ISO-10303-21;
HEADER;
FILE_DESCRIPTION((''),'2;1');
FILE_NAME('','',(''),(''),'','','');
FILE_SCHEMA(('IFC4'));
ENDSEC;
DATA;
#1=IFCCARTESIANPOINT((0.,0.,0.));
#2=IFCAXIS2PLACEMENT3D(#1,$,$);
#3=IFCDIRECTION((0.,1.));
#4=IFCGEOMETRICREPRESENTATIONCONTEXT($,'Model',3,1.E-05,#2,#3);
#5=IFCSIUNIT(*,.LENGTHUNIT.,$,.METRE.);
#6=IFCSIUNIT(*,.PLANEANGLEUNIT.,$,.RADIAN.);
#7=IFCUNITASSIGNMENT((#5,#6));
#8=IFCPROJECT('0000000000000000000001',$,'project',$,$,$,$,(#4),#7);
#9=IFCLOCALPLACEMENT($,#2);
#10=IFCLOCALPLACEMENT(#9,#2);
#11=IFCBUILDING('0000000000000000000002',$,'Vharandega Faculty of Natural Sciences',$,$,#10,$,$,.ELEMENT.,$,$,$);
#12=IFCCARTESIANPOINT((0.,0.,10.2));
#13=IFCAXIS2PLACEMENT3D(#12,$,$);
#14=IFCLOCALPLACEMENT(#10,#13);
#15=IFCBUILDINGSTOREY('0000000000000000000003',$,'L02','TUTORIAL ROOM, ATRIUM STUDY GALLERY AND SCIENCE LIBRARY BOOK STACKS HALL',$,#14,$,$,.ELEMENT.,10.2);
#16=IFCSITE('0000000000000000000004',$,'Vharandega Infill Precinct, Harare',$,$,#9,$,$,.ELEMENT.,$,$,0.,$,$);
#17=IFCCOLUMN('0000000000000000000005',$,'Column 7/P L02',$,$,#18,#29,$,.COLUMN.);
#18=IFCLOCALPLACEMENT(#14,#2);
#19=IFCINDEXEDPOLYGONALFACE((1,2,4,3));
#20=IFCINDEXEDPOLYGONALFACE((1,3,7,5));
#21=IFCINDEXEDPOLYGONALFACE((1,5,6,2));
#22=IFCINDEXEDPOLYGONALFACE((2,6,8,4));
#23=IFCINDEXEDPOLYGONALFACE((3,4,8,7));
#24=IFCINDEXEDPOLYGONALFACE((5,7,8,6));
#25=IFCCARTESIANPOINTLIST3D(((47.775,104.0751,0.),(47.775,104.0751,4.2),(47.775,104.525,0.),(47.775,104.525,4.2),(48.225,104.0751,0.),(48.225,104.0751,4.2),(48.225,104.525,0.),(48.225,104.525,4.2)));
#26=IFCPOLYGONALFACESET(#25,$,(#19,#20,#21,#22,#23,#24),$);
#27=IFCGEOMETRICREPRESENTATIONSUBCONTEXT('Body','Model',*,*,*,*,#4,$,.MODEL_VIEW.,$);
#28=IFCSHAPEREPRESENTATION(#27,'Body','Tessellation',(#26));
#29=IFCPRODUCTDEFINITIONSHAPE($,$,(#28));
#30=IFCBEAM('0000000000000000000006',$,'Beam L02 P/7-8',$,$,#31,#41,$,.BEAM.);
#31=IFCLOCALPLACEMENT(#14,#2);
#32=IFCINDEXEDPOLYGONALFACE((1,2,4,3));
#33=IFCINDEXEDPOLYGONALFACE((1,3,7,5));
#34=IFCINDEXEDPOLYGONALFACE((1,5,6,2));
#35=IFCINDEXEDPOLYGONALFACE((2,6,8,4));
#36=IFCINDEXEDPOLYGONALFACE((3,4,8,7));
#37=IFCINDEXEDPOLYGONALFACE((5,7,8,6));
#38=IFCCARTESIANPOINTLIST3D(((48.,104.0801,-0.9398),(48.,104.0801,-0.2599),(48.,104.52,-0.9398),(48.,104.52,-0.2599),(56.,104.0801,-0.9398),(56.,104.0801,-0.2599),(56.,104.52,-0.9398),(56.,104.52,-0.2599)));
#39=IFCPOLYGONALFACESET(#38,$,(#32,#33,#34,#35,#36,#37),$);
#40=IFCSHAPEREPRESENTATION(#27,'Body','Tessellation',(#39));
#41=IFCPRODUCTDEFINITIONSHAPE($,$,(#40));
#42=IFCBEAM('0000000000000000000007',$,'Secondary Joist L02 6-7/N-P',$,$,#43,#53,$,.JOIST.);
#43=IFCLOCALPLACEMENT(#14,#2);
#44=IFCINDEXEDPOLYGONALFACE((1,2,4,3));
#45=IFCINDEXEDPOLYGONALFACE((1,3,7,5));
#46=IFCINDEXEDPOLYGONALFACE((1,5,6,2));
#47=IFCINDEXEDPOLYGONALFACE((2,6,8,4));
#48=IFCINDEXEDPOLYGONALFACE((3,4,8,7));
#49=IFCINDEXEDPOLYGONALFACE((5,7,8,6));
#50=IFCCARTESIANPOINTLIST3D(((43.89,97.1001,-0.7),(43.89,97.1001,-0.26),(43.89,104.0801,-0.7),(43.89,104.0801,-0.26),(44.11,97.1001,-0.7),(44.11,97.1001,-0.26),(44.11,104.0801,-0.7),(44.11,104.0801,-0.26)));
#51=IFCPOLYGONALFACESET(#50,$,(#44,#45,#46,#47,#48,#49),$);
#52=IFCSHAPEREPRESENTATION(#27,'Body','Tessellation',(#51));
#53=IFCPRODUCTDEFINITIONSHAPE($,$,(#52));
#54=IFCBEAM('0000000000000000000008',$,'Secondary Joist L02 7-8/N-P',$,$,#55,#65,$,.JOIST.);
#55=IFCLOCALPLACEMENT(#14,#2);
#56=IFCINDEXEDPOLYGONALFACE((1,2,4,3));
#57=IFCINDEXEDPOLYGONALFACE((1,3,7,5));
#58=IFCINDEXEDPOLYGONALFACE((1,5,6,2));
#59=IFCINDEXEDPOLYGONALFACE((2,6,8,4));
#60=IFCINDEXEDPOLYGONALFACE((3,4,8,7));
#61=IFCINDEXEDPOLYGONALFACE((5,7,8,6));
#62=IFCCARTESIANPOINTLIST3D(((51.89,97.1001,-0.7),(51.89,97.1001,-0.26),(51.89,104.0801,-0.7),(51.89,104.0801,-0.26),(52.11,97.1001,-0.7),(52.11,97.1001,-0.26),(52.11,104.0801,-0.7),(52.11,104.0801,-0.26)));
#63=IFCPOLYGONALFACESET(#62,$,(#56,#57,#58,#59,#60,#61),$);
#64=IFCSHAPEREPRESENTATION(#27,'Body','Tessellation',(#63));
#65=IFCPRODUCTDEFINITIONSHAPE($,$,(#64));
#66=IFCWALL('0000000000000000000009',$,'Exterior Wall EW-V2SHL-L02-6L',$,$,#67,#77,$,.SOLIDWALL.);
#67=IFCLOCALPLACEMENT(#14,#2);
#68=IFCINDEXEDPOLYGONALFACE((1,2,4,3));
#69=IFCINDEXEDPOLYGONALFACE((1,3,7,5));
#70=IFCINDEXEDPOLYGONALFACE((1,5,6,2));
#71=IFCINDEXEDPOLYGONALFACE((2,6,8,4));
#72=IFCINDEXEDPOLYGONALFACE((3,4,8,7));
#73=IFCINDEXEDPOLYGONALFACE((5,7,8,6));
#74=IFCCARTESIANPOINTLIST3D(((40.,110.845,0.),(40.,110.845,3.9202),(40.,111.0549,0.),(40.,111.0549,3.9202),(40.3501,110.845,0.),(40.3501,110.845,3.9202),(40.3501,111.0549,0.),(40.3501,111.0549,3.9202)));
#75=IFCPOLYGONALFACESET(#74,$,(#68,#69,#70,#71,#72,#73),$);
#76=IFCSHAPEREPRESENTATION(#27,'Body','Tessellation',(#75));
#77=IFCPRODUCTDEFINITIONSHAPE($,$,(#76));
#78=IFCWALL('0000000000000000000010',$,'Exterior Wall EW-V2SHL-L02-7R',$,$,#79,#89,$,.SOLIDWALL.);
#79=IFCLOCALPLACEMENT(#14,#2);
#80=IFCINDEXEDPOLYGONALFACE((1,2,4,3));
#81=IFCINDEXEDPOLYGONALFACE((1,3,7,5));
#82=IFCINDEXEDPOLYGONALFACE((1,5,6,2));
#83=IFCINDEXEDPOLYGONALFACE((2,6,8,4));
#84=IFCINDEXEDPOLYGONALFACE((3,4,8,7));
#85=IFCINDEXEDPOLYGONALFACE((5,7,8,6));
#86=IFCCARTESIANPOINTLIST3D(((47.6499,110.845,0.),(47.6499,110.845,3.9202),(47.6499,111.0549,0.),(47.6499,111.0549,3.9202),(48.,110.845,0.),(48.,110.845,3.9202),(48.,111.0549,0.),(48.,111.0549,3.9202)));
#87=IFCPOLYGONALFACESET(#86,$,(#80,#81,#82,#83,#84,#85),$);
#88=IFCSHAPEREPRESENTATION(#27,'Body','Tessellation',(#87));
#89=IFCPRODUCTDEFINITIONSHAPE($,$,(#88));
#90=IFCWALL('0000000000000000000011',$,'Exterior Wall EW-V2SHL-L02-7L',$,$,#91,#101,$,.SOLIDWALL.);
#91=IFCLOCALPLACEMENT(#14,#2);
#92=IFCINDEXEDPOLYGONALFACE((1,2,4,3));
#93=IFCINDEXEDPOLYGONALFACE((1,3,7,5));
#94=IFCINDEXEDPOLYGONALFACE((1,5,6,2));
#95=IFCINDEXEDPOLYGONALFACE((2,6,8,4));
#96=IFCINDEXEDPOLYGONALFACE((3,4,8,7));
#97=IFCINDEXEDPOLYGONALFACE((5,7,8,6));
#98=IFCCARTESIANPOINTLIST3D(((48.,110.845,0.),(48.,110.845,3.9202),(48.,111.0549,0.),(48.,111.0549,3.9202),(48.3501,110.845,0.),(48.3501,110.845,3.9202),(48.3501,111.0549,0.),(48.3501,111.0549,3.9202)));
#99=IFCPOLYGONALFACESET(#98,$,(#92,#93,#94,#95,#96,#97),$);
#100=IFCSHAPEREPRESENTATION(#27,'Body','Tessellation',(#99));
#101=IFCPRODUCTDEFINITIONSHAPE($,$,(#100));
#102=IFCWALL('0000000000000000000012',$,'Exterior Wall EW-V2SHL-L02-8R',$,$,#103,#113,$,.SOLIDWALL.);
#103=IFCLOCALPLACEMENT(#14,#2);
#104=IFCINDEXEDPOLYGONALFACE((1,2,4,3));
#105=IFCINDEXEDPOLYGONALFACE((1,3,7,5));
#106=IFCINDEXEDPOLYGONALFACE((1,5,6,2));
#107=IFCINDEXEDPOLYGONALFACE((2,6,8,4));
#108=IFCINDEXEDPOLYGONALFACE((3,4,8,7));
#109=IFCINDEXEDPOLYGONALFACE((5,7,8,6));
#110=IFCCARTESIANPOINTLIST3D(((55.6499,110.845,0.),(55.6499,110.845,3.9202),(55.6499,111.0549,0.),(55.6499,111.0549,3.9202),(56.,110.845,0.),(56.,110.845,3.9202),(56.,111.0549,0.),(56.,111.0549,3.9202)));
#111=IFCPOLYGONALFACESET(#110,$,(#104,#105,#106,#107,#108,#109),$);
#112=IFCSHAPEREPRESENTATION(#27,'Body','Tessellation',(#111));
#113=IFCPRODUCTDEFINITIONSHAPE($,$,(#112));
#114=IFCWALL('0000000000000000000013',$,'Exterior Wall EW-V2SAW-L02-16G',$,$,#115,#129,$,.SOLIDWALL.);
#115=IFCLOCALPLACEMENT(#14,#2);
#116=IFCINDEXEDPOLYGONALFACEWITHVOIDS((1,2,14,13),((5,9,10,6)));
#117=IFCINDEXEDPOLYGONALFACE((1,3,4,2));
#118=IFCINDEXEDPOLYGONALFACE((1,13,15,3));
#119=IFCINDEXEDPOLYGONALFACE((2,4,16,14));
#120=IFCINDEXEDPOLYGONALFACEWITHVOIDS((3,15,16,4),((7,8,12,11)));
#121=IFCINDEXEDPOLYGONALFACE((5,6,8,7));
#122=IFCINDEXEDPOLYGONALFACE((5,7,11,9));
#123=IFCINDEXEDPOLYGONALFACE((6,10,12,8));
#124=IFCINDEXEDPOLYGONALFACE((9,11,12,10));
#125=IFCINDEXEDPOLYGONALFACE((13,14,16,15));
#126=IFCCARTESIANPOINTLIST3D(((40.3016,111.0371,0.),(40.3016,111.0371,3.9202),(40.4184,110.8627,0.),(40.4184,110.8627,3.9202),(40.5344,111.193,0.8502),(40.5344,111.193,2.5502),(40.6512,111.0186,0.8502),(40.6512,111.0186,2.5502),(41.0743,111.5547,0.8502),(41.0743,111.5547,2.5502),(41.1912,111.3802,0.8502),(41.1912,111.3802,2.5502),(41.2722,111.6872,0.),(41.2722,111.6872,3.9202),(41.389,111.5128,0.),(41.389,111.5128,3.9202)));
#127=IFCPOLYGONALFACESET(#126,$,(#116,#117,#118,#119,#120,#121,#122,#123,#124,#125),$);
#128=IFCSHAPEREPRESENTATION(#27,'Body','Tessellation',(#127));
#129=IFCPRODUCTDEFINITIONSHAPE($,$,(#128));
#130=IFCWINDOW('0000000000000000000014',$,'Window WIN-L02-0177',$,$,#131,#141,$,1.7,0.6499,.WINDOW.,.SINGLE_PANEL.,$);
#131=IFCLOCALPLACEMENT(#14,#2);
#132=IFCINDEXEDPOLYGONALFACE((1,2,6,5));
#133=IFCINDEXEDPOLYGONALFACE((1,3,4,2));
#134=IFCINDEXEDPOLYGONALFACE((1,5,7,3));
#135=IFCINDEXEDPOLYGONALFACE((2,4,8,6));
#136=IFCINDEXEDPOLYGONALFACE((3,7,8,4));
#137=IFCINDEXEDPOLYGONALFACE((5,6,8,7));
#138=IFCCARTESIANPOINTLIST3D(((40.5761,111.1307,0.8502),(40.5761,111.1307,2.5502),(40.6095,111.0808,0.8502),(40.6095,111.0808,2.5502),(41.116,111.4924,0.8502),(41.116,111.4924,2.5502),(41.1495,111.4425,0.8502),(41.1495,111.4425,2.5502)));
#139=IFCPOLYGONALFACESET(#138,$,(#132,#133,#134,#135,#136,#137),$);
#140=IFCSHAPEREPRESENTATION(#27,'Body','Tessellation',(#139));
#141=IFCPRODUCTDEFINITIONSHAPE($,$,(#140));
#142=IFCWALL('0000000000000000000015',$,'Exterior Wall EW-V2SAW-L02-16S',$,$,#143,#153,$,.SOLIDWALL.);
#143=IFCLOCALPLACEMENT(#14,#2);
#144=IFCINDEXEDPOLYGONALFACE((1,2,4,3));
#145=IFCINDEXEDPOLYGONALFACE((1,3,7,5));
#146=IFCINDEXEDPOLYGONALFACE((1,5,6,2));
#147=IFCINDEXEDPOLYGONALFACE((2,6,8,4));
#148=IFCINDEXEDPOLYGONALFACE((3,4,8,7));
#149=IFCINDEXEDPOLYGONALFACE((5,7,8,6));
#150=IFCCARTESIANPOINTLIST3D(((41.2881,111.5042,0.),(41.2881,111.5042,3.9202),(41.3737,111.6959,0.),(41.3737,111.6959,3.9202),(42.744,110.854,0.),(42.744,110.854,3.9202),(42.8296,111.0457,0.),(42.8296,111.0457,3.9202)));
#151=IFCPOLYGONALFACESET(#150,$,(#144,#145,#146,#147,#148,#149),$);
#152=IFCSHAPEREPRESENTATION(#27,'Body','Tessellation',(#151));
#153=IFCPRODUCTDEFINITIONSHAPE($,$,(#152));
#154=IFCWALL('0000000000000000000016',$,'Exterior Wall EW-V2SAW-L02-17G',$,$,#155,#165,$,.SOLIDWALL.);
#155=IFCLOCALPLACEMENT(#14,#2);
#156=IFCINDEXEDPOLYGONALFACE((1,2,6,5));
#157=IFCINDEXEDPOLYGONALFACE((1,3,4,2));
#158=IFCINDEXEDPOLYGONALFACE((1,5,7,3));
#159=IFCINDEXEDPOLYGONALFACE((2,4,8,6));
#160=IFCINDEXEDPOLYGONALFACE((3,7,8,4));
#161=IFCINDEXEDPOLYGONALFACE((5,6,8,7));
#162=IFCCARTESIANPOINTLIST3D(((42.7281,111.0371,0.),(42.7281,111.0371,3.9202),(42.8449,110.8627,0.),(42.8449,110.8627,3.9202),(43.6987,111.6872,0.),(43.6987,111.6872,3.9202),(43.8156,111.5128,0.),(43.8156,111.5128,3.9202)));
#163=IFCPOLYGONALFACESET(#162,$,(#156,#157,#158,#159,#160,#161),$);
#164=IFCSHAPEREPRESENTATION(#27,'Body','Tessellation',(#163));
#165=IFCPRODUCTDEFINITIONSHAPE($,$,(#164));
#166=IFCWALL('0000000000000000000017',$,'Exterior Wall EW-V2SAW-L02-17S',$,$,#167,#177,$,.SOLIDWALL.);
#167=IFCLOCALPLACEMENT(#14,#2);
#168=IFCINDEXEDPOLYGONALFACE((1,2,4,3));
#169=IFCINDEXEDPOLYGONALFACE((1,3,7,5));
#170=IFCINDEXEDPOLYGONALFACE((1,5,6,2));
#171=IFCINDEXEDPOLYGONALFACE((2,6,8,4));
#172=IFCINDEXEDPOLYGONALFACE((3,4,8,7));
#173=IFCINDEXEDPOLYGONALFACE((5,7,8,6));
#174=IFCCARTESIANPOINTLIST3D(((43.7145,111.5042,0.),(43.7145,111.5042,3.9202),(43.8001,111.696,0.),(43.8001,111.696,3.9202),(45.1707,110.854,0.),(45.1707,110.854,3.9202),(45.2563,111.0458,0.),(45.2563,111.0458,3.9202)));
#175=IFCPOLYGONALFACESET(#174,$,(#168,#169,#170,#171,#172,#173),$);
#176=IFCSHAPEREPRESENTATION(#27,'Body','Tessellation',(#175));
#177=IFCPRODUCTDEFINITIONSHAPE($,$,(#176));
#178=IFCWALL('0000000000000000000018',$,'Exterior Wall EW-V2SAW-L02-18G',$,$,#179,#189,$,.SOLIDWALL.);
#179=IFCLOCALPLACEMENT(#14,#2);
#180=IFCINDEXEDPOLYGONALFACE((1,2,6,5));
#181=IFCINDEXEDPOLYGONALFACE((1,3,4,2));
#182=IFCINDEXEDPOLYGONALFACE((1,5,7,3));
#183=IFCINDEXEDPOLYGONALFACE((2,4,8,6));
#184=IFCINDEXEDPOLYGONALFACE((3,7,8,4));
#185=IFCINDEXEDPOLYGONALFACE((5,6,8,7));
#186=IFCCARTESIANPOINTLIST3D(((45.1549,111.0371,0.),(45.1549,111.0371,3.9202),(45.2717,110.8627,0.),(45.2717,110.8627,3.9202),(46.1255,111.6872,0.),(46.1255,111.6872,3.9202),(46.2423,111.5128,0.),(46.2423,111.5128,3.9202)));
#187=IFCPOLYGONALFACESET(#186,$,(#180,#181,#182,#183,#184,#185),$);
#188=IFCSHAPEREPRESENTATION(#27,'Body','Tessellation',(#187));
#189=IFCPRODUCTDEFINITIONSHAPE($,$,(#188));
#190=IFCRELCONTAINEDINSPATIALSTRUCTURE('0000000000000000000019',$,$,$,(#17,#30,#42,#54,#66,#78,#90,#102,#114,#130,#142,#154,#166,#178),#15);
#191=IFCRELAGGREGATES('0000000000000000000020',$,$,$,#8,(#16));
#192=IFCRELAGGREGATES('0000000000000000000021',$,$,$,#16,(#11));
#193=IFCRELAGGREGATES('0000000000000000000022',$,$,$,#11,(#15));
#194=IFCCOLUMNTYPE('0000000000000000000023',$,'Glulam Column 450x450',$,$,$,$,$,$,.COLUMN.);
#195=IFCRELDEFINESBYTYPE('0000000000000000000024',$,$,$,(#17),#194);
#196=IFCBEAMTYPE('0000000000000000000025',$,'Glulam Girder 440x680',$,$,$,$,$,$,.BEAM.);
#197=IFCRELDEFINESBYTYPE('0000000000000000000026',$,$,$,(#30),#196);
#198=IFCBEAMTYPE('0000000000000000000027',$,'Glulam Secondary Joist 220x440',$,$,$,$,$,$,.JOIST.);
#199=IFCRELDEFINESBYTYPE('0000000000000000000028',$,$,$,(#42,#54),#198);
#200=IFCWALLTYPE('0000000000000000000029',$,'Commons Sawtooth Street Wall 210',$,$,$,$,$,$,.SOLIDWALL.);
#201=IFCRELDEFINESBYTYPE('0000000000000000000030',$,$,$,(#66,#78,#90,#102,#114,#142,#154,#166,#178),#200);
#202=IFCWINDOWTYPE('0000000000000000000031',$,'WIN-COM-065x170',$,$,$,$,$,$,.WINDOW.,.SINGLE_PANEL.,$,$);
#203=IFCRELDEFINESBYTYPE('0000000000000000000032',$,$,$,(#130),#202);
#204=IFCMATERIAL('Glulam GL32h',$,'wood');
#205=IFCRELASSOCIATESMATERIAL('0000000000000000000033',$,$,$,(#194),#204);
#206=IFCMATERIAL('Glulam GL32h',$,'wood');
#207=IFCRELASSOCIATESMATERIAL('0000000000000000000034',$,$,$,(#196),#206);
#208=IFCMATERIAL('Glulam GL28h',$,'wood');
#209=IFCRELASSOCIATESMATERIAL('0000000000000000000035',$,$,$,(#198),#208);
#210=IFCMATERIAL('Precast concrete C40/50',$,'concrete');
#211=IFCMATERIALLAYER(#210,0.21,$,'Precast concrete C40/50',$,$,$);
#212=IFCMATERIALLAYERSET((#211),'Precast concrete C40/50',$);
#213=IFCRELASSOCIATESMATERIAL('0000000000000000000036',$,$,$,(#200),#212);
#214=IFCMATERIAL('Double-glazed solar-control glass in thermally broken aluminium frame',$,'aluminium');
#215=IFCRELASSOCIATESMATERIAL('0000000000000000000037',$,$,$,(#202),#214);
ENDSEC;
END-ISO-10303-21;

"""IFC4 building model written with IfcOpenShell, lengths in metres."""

from ifc_helpers import new_model, si_unit, direction, frame, frame_2d, origin, origin_2d, place, context, subcontext, project, spatial, rectangle, extrude, material, layer, layer_set, material_profile, profile_set, type_object, element, fill, save


model = new_model("IFC4")

# Units and contexts
model_context = context("Model", 3, precision=1e-05, world=origin(), true_north=direction((0.0, 1.0)))
body_context = subcontext(model_context, "Body", "Model", "MODEL_VIEW")
ifc_project = project(units=[si_unit("LENGTHUNIT", "METRE"), si_unit("PLANEANGLEUNIT", "RADIAN")], contexts=[model_context])

# Site, building, storey
site_placement = place(None, origin())
site = spatial("IfcSite", under=ifc_project, at=site_placement, Name="Vharandega Infill Precinct, Harare", CompositionType="ELEMENT", RefElevation=0.0)
building_placement = place(site_placement, origin())
building = spatial("IfcBuilding", under=site, at=building_placement, Name="Vharandega Faculty of Natural Sciences", CompositionType="ELEMENT")
storey_placement = place(building_placement, frame((0.0, 0.0, 10.2)))
storey = spatial("IfcBuildingStorey", under=building, at=storey_placement, Name="L02", Description="TUTORIAL ROOM, ATRIUM STUDY GALLERY AND SCIENCE LIBRARY BOOK STACKS HALL", CompositionType="ELEMENT", Elevation=10.2)

# Column
ifc_material_1 = material(Name="Glulam GL32h", Category="wood")
ifc_material_profile_1 = material_profile(ifc_material_1, rectangle(XDim=0.45, YDim=0.45, at=origin_2d()), Name="GL32h 450x450")
ifc_profile_set_1 = profile_set([ifc_material_profile_1], Name="Glulam GL32h")
column_type = type_object("IfcColumnType", Name="Glulam Column 450x450", PredefinedType="COLUMN", material=ifc_profile_set_1)
column_placement = place(storey_placement, frame((48.0, 104.3, 0.0), z_axis=(0.0, 0.0, 1.0), x_axis=(1.0, 0.0, 0.0)))
element("IfcColumn", 1, at=column_placement, inside=storey, type_object=column_type, Name="Column 7/P L02", PredefinedType="COLUMN", context=body_context, shape_type="SweptSolid", body=[
    extrude(rectangle(XDim=0.45, YDim=0.45, at=origin_2d()), origin(), (0.0, 0.0, 1.0), 4.2),
])

# Beams
ifc_material_2 = material(Name="Glulam GL32h", Category="wood")
ifc_material_profile_2 = material_profile(ifc_material_2, rectangle(XDim=0.4399, YDim=0.6799, at=origin_2d()), Name="GL32h 440x680")
ifc_profile_set_2 = profile_set([ifc_material_profile_2], Name="Glulam GL32h")
beam_type_1 = type_object("IfcBeamType", Name="Glulam Girder 440x680", PredefinedType="BEAM", material=ifc_profile_set_2)
beam_placement = place(storey_placement, frame((48.0, 104.3, -0.5999), z_axis=(1.0, 0.0, 0.0), x_axis=(0.0, 1.0, 0.0)))
element("IfcBeam", 2, at=beam_placement, inside=storey, type_object=beam_type_1, Name="Beam L02 P/7-8", PredefinedType="BEAM", context=body_context, shape_type="SweptSolid", body=[
    extrude(rectangle(XDim=0.4399, YDim=0.6799, at=origin_2d()), origin(), (0.0, 0.0, 1.0), 8.0),
])
ifc_material_3 = material(Name="Glulam GL28h", Category="wood")
ifc_material_profile_3 = material_profile(ifc_material_3, rectangle(XDim=0.22, YDim=0.4399, at=origin_2d()), Name="GL28h 220x440")
ifc_profile_set_3 = profile_set([ifc_material_profile_3], Name="Glulam GL28h")
beam_type_2 = type_object("IfcBeamType", Name="Glulam Secondary Joist 220x440", PredefinedType="JOIST", material=ifc_profile_set_3)
for number, where, z_axis, x_axis, name in (
    (3, (44.0, 97.1001, -0.48), (0.0, 1.0, 0.0), (-1.0, 0.0, 0.0), "Secondary Joist L02 6-7/N-P"),
    (4, (52.0, 97.1001, -0.48), (0.0, 1.0, 0.0), (-1.0, 0.0, 0.0), "Secondary Joist L02 7-8/N-P"),
):
    element("IfcBeam", number, at=place(storey_placement, frame(where, z_axis=z_axis, x_axis=x_axis)), inside=storey, type_object=beam_type_2, Name=name, PredefinedType="JOIST", context=body_context, shape_type="SweptSolid", body=[
        extrude(rectangle(XDim=0.22, YDim=0.4399, at=origin_2d()), origin(), (0.0, 0.0, 1.0), 6.98),
    ])

# Walls
ifc_material_4 = material(Name="Precast concrete C40/50", Category="concrete")
ifc_layer_1 = layer(ifc_material_4, 0.21, Name="Precast concrete C40/50")
ifc_layer_set_1 = layer_set([ifc_layer_1], Name="Precast concrete C40/50")
wall_type_1 = type_object("IfcWallType", Name="Commons Sawtooth Street Wall 210", PredefinedType="SOLIDWALL", material=ifc_layer_set_1)
for number, where, z_axis, x_axis, name in (
    (5, (40.0, 110.95, 0.0), (0.0, 0.0, 1.0), (1.0, 0.0, 0.0), "Exterior Wall EW-V2SHL-L02-6L"),
    (6, (47.6499, 110.95, 0.0), (0.0, 0.0, 1.0), (1.0, 0.0, 0.0), "Exterior Wall EW-V2SHL-L02-7R"),
    (7, (48.0, 110.95, 0.0), (0.0, 0.0, 1.0), (1.0, 0.0, 0.0), "Exterior Wall EW-V2SHL-L02-7L"),
    (8, (55.6499, 110.95, 0.0), (0.0, 0.0, 1.0), (1.0, 0.0, 0.0), "Exterior Wall EW-V2SHL-L02-8R"),
):
    element("IfcWall", number, at=place(storey_placement, frame(where, z_axis=z_axis, x_axis=x_axis)), inside=storey, type_object=wall_type_1, Name=name, PredefinedType="SOLIDWALL", context=body_context, shape_type="SweptSolid", body=[
        extrude(rectangle(XDim=0.3501, YDim=0.21, at=frame_2d((0.175, 0.0))), origin(), (0.0, 0.0, 1.0), 3.9202),
    ])

# Wall, opening, window
wall_1_placement = place(storey_placement, frame((40.3601, 110.95, 0.0), z_axis=(0.0, 0.0, 1.0), x_axis=(0.830859, 0.556483, 0.0)))
wall_1 = element("IfcWall", 9, at=wall_1_placement, inside=storey, type_object=wall_type_1, Name="Exterior Wall EW-V2SAW-L02-16G", PredefinedType="SOLIDWALL", context=body_context, shape_type="SweptSolid", body=[
    extrude(rectangle(XDim=1.1682, YDim=0.21, at=frame_2d((0.584, 0.0))), origin(), (0.0, 0.0, 1.0), 3.9202),
])
opening_1_placement = place(wall_1_placement, frame((0.28, 0.0, 0.8501)))
opening_1 = element("IfcOpeningElement", 10, at=opening_1_placement, cuts=wall_1, PredefinedType="OPENING", context=body_context, shape_type="SweptSolid", body=[
    extrude(rectangle(XDim=0.6499, YDim=1.7, at=frame_2d((0.325, 0.8501))), frame((0.0, 0.115, 0.0), z_axis=(0.0, -1.0, 0.0), x_axis=(1.0, 0.0, 0.0)), (0.0, 0.0, 1.0), 0.23),
])
ifc_material_5 = material(Name="Double-glazed solar-control glass in thermally broken aluminium frame", Category="aluminium")
window_type = type_object("IfcWindowType", Name="WIN-COM-065x170", PartitioningType="SINGLE_PANEL", PredefinedType="WINDOW", material=ifc_material_5)
window_1_placement = place(opening_1_placement, origin())
window_1 = element("IfcWindow", 11, at=window_1_placement, inside=storey, type_object=window_type, Name="Window WIN-L02-0177", OverallHeight=1.7, OverallWidth=0.6499, PartitioningType="SINGLE_PANEL", PredefinedType="WINDOW", context=body_context, shape_type="SweptSolid", body=[
    extrude(rectangle(XDim=0.6499, YDim=1.7, at=frame_2d((0.325, 0.8501))), frame((0.0, 0.03, 0.0), z_axis=(0.0, -1.0, 0.0), x_axis=(1.0, 0.0, 0.0)), (0.0, 0.0, 1.0), 0.0601),
])
fill(opening_1, window_1)

# Walls
wall_2_placement = place(storey_placement, frame((41.3308, 111.6001, 0.0), z_axis=(0.0, 0.0, 1.0), x_axis=(0.913084, -0.407772, 0.0)))
element("IfcWall", 12, at=wall_2_placement, inside=storey, type_object=wall_type_1, Name="Exterior Wall EW-V2SAW-L02-16S", PredefinedType="SOLIDWALL", context=body_context, shape_type="SweptSolid", body=[
    extrude(rectangle(XDim=1.5945, YDim=0.21, at=frame_2d((0.7974, 0.0))), origin(), (0.0, 0.0, 1.0), 3.9202),
])
wall_3_placement = place(storey_placement, frame((42.7866, 110.95, 0.0), z_axis=(0.0, 0.0, 1.0), x_axis=(0.830859, 0.556483, 0.0)))
element("IfcWall", 13, at=wall_3_placement, inside=storey, type_object=wall_type_1, Name="Exterior Wall EW-V2SAW-L02-17G", PredefinedType="SOLIDWALL", context=body_context, shape_type="SweptSolid", body=[
    extrude(rectangle(XDim=1.1682, YDim=0.21, at=frame_2d((0.584, 0.0))), origin(), (0.0, 0.0, 1.0), 3.9202),
])
wall_4_placement = place(storey_placement, frame((43.7573, 111.6001, 0.0), z_axis=(0.0, 0.0, 1.0), x_axis=(0.913109, -0.407715, 0.0)))
element("IfcWall", 14, at=wall_4_placement, inside=storey, type_object=wall_type_1, Name="Exterior Wall EW-V2SAW-L02-17S", PredefinedType="SOLIDWALL", context=body_context, shape_type="SweptSolid", body=[
    extrude(rectangle(XDim=1.5947, YDim=0.21, at=frame_2d((0.7974, 0.0))), origin(), (0.0, 0.0, 1.0), 3.9202),
])
wall_5_placement = place(storey_placement, frame((45.2134, 110.95, 0.0), z_axis=(0.0, 0.0, 1.0), x_axis=(0.830859, 0.556483, 0.0)))
element("IfcWall", 15, at=wall_5_placement, inside=storey, type_object=wall_type_1, Name="Exterior Wall EW-V2SAW-L02-18G", PredefinedType="SOLIDWALL", context=body_context, shape_type="SweptSolid", body=[
    extrude(rectangle(XDim=1.1682, YDim=0.21, at=frame_2d((0.584, 0.0))), origin(), (0.0, 0.0, 1.0), 3.9202),
])

save(model, "model.ifc")
